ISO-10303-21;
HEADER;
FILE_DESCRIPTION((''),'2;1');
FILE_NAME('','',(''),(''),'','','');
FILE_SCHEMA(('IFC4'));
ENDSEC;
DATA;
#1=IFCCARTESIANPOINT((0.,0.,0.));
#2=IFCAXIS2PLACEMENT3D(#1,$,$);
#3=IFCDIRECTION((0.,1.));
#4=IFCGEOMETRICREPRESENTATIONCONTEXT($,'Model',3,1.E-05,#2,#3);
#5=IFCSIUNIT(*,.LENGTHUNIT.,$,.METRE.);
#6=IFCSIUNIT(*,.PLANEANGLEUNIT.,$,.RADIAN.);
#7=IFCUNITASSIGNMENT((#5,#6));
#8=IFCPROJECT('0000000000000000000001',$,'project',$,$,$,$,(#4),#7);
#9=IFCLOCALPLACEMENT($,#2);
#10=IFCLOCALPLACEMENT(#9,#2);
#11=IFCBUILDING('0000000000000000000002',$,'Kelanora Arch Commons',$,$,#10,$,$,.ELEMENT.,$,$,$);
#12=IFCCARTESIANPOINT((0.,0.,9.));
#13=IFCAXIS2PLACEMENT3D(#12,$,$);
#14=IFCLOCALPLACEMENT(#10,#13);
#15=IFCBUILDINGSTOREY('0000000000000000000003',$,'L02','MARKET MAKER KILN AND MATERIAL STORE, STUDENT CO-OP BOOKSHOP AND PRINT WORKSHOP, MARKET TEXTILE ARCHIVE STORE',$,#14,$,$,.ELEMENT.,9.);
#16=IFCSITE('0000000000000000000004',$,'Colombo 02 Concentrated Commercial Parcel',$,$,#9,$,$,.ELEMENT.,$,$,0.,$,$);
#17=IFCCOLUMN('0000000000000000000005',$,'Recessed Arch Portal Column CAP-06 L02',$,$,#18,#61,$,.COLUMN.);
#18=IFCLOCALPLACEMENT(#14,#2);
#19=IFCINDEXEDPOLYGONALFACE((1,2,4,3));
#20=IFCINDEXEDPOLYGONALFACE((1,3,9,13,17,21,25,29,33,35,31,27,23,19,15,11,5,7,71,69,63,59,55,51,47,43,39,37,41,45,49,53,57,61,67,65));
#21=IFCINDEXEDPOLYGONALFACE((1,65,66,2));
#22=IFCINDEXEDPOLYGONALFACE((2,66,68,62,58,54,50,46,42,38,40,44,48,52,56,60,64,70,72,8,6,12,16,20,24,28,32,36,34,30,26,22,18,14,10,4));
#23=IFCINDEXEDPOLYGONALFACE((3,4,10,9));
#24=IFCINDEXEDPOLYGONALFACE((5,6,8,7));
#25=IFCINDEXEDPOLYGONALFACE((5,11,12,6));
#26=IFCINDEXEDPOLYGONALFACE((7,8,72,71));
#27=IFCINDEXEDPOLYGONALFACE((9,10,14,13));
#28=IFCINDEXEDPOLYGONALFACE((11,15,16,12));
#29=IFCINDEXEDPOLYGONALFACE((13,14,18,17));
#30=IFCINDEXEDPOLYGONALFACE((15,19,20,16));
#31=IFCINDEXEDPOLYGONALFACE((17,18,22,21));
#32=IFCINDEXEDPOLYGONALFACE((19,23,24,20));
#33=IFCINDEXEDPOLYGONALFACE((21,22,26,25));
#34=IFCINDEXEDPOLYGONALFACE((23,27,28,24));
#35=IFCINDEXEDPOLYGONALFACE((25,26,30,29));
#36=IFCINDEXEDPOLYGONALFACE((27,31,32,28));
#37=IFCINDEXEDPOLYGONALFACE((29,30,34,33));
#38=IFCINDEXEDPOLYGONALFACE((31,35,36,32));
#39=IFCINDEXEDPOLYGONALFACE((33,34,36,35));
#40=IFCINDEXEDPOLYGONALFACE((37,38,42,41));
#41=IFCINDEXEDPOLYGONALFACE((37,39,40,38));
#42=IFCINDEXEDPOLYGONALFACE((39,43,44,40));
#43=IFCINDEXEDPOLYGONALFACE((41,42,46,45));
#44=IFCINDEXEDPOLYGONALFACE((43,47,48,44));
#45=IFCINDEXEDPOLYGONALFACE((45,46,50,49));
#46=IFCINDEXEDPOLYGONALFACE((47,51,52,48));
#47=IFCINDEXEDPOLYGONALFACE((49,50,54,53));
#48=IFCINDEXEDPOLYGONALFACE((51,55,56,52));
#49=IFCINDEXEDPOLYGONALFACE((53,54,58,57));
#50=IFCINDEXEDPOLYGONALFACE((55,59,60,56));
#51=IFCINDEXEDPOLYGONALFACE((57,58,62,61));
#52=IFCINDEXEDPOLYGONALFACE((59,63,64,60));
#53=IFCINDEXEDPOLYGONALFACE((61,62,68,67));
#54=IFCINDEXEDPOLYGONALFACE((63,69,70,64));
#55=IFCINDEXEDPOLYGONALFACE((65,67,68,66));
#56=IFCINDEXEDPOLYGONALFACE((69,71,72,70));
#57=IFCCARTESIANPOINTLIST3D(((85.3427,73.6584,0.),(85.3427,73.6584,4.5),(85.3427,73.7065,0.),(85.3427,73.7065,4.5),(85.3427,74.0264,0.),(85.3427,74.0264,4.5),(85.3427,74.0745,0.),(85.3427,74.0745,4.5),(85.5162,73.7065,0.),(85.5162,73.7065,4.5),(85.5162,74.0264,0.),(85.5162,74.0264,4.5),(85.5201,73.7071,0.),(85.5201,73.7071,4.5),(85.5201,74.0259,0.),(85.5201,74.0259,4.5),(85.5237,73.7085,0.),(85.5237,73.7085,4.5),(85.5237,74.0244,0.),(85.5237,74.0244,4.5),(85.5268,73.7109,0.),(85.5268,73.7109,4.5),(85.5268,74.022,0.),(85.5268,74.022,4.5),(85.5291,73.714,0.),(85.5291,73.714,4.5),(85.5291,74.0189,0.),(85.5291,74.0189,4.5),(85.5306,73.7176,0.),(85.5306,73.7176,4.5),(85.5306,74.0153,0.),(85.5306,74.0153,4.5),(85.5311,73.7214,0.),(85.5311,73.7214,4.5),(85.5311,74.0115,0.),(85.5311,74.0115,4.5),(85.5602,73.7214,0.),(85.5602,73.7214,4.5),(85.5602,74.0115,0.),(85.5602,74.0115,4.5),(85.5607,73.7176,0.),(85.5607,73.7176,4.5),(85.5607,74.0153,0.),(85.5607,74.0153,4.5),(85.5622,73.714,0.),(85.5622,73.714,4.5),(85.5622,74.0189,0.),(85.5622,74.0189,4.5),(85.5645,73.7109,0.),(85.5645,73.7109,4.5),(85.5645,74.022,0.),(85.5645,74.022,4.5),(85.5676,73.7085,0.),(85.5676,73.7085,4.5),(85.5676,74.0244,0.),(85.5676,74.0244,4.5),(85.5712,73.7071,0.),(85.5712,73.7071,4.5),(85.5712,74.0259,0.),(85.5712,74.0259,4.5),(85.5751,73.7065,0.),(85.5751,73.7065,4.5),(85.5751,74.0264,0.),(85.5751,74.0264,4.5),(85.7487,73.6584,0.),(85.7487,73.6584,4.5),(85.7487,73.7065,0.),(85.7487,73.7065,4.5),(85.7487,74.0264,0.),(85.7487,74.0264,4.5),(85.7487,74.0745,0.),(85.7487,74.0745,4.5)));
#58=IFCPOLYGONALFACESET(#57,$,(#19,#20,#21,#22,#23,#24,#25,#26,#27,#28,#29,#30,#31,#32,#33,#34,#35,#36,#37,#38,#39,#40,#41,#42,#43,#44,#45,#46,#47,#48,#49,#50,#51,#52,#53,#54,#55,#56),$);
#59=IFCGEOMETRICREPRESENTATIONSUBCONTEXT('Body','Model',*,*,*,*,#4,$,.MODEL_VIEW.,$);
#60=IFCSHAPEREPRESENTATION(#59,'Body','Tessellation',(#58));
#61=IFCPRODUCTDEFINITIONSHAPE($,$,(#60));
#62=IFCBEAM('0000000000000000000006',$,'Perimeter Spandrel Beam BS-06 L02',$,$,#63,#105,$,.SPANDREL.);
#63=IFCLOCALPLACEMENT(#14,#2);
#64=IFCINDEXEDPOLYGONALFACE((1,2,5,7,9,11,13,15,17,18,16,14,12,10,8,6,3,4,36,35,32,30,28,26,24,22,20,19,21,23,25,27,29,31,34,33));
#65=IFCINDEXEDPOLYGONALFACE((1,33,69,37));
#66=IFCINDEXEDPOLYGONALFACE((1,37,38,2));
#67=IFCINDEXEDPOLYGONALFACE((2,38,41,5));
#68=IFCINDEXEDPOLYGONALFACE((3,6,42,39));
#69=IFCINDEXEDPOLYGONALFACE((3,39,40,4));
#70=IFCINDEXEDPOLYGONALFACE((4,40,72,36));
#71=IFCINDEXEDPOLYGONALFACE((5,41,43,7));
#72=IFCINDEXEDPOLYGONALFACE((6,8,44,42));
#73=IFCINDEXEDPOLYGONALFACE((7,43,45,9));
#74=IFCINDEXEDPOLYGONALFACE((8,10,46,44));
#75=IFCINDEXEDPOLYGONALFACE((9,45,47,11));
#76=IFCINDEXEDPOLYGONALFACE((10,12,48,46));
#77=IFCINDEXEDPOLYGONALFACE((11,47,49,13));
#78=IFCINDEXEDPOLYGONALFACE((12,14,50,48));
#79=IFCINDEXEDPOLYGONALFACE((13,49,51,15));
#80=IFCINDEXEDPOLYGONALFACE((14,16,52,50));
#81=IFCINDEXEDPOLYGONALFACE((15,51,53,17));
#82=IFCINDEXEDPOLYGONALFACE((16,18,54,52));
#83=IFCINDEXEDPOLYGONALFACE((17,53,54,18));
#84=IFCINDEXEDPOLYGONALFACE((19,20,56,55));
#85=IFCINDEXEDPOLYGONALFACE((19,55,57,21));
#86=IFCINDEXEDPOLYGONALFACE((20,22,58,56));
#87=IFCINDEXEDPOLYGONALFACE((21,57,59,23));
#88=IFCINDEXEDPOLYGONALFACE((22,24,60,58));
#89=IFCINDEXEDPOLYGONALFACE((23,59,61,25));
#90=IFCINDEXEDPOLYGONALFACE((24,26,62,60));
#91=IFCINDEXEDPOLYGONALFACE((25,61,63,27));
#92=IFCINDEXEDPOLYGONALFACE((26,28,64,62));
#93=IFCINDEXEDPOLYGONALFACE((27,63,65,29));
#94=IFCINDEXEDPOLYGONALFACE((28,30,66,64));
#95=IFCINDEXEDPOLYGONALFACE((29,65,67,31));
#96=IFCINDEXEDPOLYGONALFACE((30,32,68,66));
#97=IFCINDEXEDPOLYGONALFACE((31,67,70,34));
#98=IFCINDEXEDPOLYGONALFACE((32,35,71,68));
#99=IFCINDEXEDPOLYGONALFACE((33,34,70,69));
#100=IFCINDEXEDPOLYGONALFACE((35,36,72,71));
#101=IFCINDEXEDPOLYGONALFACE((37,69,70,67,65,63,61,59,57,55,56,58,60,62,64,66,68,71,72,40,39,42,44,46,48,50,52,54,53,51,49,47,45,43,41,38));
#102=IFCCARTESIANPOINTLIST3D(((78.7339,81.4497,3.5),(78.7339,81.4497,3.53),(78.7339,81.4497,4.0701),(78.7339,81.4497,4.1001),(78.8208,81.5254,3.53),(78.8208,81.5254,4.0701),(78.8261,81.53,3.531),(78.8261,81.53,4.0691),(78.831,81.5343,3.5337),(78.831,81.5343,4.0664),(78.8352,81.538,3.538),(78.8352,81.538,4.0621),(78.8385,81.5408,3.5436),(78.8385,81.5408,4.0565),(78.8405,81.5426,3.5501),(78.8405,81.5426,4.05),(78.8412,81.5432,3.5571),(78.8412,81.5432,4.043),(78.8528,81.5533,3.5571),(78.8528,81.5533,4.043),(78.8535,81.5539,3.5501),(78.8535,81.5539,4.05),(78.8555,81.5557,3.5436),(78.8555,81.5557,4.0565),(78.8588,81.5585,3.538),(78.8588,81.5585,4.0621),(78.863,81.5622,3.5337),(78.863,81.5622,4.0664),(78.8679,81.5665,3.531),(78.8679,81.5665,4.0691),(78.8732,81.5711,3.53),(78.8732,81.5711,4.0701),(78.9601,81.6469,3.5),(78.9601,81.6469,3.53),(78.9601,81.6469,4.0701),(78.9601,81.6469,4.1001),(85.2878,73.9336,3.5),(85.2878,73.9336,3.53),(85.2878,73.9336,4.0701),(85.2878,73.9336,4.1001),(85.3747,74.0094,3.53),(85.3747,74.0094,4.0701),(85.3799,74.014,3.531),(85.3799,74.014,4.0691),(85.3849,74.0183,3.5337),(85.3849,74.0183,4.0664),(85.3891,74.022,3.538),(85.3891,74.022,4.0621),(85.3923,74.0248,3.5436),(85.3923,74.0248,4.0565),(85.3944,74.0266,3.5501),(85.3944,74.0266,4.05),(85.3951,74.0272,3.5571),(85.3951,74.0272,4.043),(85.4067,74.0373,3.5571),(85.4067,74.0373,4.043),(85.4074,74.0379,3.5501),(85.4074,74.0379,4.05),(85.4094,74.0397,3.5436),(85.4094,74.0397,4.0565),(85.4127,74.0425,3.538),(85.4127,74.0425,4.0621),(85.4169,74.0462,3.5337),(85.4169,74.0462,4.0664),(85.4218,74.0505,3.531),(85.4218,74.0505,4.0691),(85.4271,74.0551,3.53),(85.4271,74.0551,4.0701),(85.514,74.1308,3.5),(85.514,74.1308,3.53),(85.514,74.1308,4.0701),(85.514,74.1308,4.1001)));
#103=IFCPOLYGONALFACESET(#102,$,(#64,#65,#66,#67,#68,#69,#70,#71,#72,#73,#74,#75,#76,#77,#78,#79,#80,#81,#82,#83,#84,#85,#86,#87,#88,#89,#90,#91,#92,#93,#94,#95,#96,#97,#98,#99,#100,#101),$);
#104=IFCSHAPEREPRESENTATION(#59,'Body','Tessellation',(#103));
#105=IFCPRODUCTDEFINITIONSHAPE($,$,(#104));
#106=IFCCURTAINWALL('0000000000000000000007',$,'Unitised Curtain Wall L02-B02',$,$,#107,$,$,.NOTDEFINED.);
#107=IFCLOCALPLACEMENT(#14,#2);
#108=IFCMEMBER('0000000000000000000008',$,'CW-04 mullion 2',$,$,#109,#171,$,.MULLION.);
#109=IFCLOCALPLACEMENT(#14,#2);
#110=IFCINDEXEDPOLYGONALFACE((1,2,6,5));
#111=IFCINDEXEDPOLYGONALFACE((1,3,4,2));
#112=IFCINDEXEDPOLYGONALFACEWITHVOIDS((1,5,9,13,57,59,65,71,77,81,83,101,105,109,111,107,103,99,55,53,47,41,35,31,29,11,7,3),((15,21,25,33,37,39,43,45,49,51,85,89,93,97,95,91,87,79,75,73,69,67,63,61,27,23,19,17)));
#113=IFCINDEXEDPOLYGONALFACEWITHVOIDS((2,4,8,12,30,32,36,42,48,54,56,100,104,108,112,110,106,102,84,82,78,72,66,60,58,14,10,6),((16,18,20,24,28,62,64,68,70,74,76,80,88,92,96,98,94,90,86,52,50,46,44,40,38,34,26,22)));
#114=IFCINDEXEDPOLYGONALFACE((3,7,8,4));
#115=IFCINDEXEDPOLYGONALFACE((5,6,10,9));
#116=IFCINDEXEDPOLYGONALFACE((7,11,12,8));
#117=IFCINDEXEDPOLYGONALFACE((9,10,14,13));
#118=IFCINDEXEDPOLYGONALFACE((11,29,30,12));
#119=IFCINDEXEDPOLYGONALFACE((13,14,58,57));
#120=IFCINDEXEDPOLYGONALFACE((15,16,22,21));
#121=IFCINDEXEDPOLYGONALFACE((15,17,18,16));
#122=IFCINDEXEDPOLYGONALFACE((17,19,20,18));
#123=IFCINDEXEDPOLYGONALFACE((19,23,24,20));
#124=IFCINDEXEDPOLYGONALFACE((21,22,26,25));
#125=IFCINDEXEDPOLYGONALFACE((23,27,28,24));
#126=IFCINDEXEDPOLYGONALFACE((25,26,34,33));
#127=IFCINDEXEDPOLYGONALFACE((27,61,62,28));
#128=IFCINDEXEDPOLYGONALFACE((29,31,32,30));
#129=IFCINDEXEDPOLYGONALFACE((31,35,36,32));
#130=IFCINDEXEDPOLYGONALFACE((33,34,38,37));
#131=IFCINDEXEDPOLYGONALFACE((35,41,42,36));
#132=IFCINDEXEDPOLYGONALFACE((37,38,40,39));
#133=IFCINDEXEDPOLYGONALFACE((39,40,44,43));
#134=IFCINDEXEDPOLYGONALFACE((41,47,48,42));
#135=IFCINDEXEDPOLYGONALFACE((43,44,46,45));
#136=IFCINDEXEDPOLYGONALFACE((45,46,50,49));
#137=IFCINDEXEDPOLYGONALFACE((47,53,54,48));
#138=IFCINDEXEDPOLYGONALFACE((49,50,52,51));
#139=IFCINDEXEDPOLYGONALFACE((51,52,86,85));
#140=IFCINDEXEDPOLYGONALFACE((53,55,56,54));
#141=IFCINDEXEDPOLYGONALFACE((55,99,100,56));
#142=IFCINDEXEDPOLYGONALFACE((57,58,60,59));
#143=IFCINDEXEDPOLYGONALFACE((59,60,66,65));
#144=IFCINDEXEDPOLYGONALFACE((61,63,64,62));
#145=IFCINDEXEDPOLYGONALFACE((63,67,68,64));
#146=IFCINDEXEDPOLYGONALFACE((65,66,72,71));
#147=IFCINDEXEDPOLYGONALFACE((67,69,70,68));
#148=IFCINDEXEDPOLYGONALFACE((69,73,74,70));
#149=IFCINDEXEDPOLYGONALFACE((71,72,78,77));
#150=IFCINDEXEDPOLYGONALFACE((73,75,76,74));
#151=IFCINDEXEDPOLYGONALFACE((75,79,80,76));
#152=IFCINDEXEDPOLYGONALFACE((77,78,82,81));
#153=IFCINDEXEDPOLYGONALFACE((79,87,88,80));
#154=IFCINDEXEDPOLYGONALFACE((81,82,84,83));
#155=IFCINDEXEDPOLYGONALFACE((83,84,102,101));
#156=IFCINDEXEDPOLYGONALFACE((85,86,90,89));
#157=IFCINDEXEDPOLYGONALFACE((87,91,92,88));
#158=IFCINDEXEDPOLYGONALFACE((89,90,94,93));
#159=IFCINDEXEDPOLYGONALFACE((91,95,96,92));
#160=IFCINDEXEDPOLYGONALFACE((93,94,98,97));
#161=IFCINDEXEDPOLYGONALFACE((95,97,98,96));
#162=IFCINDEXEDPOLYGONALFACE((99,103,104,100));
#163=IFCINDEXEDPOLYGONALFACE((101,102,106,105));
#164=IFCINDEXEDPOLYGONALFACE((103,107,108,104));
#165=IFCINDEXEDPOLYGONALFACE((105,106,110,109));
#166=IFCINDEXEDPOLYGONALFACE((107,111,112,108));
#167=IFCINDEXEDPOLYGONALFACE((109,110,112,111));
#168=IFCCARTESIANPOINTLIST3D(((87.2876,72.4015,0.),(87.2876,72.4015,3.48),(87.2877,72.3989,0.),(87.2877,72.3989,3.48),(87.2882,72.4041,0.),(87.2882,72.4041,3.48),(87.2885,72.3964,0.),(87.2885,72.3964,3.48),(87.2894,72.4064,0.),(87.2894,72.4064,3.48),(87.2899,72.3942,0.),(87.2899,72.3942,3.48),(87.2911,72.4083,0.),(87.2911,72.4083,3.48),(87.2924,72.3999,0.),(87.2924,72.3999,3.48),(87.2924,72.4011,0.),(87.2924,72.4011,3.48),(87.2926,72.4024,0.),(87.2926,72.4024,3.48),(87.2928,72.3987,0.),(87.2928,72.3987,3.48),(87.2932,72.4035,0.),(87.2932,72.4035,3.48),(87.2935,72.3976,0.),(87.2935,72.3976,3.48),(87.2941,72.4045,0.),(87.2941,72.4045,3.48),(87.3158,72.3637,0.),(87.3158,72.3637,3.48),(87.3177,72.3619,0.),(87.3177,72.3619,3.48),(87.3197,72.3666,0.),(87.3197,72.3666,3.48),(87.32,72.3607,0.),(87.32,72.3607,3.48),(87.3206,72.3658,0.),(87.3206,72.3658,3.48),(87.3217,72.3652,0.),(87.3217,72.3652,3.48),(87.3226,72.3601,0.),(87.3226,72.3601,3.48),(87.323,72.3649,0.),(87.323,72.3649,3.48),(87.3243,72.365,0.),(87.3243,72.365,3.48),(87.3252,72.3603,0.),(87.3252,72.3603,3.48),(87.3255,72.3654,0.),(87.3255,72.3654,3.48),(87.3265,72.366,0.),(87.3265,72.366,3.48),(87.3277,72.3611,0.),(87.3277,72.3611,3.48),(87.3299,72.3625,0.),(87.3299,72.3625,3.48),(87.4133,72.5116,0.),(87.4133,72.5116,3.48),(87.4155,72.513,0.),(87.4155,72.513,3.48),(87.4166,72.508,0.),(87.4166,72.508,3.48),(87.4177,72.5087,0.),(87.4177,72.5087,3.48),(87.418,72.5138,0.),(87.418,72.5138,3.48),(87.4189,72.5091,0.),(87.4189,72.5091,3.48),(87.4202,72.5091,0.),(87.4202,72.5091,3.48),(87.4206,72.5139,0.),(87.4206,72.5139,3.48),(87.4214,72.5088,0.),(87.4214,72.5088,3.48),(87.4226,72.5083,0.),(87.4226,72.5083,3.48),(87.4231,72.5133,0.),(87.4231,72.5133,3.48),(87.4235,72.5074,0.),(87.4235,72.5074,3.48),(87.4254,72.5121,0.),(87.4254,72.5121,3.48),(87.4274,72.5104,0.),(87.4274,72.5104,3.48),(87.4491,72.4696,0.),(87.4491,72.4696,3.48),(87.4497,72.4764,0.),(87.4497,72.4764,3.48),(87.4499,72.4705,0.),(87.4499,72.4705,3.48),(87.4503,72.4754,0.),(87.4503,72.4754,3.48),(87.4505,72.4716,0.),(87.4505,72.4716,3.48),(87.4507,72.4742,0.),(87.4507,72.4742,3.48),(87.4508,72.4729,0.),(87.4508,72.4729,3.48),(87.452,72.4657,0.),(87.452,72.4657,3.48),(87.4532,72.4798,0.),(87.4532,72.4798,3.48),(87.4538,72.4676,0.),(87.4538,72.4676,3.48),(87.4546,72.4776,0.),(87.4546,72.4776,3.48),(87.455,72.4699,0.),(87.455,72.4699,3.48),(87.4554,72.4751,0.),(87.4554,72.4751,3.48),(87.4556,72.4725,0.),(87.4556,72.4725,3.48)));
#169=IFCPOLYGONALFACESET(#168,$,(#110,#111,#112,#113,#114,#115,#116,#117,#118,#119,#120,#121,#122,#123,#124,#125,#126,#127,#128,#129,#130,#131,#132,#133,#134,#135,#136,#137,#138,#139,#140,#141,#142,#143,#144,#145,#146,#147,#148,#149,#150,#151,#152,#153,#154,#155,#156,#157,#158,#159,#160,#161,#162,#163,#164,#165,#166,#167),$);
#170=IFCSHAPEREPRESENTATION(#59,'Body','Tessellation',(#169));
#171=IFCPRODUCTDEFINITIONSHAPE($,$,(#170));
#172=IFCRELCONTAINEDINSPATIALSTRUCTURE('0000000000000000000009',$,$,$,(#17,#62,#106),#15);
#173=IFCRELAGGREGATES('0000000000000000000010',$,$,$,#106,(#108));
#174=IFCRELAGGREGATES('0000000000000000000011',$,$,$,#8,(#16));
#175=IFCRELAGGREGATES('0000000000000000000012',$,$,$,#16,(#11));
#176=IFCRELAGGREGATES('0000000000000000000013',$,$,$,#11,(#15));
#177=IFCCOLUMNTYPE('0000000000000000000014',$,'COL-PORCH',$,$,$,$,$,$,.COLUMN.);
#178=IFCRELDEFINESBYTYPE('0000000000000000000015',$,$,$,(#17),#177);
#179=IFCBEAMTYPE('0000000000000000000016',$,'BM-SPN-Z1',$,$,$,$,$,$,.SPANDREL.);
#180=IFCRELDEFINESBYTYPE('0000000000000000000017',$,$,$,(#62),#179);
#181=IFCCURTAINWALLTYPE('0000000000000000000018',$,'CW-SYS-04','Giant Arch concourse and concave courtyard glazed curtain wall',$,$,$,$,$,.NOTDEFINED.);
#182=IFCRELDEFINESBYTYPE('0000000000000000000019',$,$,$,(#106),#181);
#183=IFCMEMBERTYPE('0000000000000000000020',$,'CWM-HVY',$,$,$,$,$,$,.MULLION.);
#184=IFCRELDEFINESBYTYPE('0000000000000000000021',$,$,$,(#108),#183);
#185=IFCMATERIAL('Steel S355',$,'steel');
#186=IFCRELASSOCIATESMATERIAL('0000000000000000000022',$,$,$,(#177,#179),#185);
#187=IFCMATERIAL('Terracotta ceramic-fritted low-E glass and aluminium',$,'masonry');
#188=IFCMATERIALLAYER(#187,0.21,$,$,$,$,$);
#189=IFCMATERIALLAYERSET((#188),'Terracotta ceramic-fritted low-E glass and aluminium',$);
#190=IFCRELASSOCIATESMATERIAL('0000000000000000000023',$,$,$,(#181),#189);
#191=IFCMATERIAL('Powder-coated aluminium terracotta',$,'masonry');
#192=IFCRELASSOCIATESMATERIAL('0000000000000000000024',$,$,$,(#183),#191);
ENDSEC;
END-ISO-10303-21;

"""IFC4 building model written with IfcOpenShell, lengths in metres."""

from ifc_helpers import new_model, si_unit, direction, frame, origin, origin_2d, place, context, subcontext, project, spatial, hollow_rectangle, i_section, extrude, material, layer, layer_set, material_profile, profile_set, type_object, element, aggregate, save


model = new_model("IFC4")

# Units and contexts
model_context = context("Model", 3, precision=1e-05, world=origin(), true_north=direction((0.0, 1.0)))
body_context = subcontext(model_context, "Body", "Model", "MODEL_VIEW")
ifc_project = project(units=[si_unit("LENGTHUNIT", "METRE"), si_unit("PLANEANGLEUNIT", "RADIAN")], contexts=[model_context])

# Site, building, storey
site_placement = place(None, origin())
site = spatial("IfcSite", under=ifc_project, at=site_placement, Name="Colombo 02 Concentrated Commercial Parcel", CompositionType="ELEMENT", RefElevation=0.0)
building_placement = place(site_placement, origin())
building = spatial("IfcBuilding", under=site, at=building_placement, Name="Kelanora Arch Commons", CompositionType="ELEMENT")
storey_placement = place(building_placement, frame((0.0, 0.0, 9.0)))
storey = spatial("IfcBuildingStorey", under=building, at=storey_placement, Name="L02", Description="MARKET MAKER KILN AND MATERIAL STORE, STUDENT CO-OP BOOKSHOP AND PRINT WORKSHOP, MARKET TEXTILE ARCHIVE STORE", CompositionType="ELEMENT", Elevation=9.0)

# Column
ifc_material_1 = material(Name="Steel S355", Category="steel")
ifc_material_profile_1 = material_profile(ifc_material_1, i_section(OverallWidth=0.406, OverallDepth=0.416, WebThickness=0.0291, FlangeThickness=0.0481, FilletRadius=0.0149, at=origin_2d()), Name="HD400x382")
ifc_profile_set_1 = profile_set([ifc_material_profile_1], Name="Steel S355")
column_type = type_object("IfcColumnType", Name="COL-PORCH", PredefinedType="COLUMN", material=ifc_profile_set_1)
column_placement = place(storey_placement, frame((85.5457, 73.8665, 0.0), z_axis=(0.0, 0.0, 1.0), x_axis=(1.0, 0.0, 0.0)))
element("IfcColumn", 1, at=column_placement, inside=storey, type_object=column_type, Name="Recessed Arch Portal Column CAP-06 L02", PredefinedType="COLUMN", context=body_context, shape_type="SweptSolid", body=[
    extrude(i_section(OverallWidth=0.406, OverallDepth=0.416, WebThickness=0.0291, FlangeThickness=0.0481, FilletRadius=0.0149, at=origin_2d()), origin(), (0.0, 0.0, 1.0), 4.5),
])

# Beam
ifc_material_profile_2 = material_profile(ifc_material_1, i_section(OverallWidth=0.3, OverallDepth=0.6001, WebThickness=0.0154, FlangeThickness=0.03, FilletRadius=0.0271, at=origin_2d()), Name="HEB600")
ifc_profile_set_2 = profile_set([ifc_material_profile_2], Name="Steel S355")
beam_type = type_object("IfcBeamType", Name="BM-SPN-Z1", PredefinedType="SPANDREL", material=ifc_profile_set_2)
beam_placement = place(storey_placement, frame((85.4009, 74.0322, 3.8), z_axis=(-0.657218, 0.753701, 0.0), x_axis=(-0.753701, -0.657218, 0.0)))
element("IfcBeam", 2, at=beam_placement, inside=storey, type_object=beam_type, Name="Perimeter Spandrel Beam BS-06 L02", PredefinedType="SPANDREL", context=body_context, shape_type="SweptSolid", body=[
    extrude(i_section(OverallWidth=0.3, OverallDepth=0.6001, WebThickness=0.0154, FlangeThickness=0.03, FilletRadius=0.0271, at=origin_2d()), origin(), (0.0, 0.0, 1.0), 9.9722),
])

# Curtain wall, member
ifc_material_2 = material(Name="Terracotta ceramic-fritted low-E glass and aluminium", Category="masonry")
ifc_layer_1 = layer(ifc_material_2, 0.21)
ifc_layer_set_1 = layer_set([ifc_layer_1], Name="Terracotta ceramic-fritted low-E glass and aluminium")
curtain_wall_type = type_object("IfcCurtainWallType", Name="CW-SYS-04", Description="Giant Arch concourse and concave courtyard glazed curtain wall", PredefinedType="NOTDEFINED", material=ifc_layer_set_1)
curtain_wall_1_placement = place(storey_placement, origin())
curtain_wall_1 = element("IfcCurtainWall", 3, at=curtain_wall_1_placement, inside=storey, type_object=curtain_wall_type, Name="Unitised Curtain Wall L02-B02", PredefinedType="NOTDEFINED")
ifc_material_3 = material(Name="Powder-coated aluminium terracotta", Category="masonry")
ifc_material_profile_3 = material_profile(ifc_material_3, hollow_rectangle(XDim=0.1799, YDim=0.0601, WallThickness=0.0049, InnerFilletRadius=0.0049, OuterFilletRadius=0.01, at=origin_2d()), Name="CWM180x60")
ifc_profile_set_3 = profile_set([ifc_material_profile_3], Name="Powder-coated aluminium terracotta")
member_type_1 = type_object("IfcMemberType", Name="CWM-HVY", PredefinedType="MULLION", material=ifc_profile_set_3)
member_1_placement = place(storey_placement, frame((87.3716, 72.437, 0.0), z_axis=(0.0, 0.0, 1.0), x_axis=(-0.763855, -0.645388, 0.0)))
member_1 = element("IfcMember", 4, at=member_1_placement, type_object=member_type_1, Name="CW-04 mullion 2", PredefinedType="MULLION", context=body_context, shape_type="SweptSolid", body=[
    extrude(hollow_rectangle(XDim=0.1799, YDim=0.0601, WallThickness=0.0049, InnerFilletRadius=0.0049, OuterFilletRadius=0.01, at=origin_2d()), origin(), (0.0, 0.0, 1.0), 3.48),
])

aggregate(curtain_wall_1, [member_1])

save(model, "model.ifc")
